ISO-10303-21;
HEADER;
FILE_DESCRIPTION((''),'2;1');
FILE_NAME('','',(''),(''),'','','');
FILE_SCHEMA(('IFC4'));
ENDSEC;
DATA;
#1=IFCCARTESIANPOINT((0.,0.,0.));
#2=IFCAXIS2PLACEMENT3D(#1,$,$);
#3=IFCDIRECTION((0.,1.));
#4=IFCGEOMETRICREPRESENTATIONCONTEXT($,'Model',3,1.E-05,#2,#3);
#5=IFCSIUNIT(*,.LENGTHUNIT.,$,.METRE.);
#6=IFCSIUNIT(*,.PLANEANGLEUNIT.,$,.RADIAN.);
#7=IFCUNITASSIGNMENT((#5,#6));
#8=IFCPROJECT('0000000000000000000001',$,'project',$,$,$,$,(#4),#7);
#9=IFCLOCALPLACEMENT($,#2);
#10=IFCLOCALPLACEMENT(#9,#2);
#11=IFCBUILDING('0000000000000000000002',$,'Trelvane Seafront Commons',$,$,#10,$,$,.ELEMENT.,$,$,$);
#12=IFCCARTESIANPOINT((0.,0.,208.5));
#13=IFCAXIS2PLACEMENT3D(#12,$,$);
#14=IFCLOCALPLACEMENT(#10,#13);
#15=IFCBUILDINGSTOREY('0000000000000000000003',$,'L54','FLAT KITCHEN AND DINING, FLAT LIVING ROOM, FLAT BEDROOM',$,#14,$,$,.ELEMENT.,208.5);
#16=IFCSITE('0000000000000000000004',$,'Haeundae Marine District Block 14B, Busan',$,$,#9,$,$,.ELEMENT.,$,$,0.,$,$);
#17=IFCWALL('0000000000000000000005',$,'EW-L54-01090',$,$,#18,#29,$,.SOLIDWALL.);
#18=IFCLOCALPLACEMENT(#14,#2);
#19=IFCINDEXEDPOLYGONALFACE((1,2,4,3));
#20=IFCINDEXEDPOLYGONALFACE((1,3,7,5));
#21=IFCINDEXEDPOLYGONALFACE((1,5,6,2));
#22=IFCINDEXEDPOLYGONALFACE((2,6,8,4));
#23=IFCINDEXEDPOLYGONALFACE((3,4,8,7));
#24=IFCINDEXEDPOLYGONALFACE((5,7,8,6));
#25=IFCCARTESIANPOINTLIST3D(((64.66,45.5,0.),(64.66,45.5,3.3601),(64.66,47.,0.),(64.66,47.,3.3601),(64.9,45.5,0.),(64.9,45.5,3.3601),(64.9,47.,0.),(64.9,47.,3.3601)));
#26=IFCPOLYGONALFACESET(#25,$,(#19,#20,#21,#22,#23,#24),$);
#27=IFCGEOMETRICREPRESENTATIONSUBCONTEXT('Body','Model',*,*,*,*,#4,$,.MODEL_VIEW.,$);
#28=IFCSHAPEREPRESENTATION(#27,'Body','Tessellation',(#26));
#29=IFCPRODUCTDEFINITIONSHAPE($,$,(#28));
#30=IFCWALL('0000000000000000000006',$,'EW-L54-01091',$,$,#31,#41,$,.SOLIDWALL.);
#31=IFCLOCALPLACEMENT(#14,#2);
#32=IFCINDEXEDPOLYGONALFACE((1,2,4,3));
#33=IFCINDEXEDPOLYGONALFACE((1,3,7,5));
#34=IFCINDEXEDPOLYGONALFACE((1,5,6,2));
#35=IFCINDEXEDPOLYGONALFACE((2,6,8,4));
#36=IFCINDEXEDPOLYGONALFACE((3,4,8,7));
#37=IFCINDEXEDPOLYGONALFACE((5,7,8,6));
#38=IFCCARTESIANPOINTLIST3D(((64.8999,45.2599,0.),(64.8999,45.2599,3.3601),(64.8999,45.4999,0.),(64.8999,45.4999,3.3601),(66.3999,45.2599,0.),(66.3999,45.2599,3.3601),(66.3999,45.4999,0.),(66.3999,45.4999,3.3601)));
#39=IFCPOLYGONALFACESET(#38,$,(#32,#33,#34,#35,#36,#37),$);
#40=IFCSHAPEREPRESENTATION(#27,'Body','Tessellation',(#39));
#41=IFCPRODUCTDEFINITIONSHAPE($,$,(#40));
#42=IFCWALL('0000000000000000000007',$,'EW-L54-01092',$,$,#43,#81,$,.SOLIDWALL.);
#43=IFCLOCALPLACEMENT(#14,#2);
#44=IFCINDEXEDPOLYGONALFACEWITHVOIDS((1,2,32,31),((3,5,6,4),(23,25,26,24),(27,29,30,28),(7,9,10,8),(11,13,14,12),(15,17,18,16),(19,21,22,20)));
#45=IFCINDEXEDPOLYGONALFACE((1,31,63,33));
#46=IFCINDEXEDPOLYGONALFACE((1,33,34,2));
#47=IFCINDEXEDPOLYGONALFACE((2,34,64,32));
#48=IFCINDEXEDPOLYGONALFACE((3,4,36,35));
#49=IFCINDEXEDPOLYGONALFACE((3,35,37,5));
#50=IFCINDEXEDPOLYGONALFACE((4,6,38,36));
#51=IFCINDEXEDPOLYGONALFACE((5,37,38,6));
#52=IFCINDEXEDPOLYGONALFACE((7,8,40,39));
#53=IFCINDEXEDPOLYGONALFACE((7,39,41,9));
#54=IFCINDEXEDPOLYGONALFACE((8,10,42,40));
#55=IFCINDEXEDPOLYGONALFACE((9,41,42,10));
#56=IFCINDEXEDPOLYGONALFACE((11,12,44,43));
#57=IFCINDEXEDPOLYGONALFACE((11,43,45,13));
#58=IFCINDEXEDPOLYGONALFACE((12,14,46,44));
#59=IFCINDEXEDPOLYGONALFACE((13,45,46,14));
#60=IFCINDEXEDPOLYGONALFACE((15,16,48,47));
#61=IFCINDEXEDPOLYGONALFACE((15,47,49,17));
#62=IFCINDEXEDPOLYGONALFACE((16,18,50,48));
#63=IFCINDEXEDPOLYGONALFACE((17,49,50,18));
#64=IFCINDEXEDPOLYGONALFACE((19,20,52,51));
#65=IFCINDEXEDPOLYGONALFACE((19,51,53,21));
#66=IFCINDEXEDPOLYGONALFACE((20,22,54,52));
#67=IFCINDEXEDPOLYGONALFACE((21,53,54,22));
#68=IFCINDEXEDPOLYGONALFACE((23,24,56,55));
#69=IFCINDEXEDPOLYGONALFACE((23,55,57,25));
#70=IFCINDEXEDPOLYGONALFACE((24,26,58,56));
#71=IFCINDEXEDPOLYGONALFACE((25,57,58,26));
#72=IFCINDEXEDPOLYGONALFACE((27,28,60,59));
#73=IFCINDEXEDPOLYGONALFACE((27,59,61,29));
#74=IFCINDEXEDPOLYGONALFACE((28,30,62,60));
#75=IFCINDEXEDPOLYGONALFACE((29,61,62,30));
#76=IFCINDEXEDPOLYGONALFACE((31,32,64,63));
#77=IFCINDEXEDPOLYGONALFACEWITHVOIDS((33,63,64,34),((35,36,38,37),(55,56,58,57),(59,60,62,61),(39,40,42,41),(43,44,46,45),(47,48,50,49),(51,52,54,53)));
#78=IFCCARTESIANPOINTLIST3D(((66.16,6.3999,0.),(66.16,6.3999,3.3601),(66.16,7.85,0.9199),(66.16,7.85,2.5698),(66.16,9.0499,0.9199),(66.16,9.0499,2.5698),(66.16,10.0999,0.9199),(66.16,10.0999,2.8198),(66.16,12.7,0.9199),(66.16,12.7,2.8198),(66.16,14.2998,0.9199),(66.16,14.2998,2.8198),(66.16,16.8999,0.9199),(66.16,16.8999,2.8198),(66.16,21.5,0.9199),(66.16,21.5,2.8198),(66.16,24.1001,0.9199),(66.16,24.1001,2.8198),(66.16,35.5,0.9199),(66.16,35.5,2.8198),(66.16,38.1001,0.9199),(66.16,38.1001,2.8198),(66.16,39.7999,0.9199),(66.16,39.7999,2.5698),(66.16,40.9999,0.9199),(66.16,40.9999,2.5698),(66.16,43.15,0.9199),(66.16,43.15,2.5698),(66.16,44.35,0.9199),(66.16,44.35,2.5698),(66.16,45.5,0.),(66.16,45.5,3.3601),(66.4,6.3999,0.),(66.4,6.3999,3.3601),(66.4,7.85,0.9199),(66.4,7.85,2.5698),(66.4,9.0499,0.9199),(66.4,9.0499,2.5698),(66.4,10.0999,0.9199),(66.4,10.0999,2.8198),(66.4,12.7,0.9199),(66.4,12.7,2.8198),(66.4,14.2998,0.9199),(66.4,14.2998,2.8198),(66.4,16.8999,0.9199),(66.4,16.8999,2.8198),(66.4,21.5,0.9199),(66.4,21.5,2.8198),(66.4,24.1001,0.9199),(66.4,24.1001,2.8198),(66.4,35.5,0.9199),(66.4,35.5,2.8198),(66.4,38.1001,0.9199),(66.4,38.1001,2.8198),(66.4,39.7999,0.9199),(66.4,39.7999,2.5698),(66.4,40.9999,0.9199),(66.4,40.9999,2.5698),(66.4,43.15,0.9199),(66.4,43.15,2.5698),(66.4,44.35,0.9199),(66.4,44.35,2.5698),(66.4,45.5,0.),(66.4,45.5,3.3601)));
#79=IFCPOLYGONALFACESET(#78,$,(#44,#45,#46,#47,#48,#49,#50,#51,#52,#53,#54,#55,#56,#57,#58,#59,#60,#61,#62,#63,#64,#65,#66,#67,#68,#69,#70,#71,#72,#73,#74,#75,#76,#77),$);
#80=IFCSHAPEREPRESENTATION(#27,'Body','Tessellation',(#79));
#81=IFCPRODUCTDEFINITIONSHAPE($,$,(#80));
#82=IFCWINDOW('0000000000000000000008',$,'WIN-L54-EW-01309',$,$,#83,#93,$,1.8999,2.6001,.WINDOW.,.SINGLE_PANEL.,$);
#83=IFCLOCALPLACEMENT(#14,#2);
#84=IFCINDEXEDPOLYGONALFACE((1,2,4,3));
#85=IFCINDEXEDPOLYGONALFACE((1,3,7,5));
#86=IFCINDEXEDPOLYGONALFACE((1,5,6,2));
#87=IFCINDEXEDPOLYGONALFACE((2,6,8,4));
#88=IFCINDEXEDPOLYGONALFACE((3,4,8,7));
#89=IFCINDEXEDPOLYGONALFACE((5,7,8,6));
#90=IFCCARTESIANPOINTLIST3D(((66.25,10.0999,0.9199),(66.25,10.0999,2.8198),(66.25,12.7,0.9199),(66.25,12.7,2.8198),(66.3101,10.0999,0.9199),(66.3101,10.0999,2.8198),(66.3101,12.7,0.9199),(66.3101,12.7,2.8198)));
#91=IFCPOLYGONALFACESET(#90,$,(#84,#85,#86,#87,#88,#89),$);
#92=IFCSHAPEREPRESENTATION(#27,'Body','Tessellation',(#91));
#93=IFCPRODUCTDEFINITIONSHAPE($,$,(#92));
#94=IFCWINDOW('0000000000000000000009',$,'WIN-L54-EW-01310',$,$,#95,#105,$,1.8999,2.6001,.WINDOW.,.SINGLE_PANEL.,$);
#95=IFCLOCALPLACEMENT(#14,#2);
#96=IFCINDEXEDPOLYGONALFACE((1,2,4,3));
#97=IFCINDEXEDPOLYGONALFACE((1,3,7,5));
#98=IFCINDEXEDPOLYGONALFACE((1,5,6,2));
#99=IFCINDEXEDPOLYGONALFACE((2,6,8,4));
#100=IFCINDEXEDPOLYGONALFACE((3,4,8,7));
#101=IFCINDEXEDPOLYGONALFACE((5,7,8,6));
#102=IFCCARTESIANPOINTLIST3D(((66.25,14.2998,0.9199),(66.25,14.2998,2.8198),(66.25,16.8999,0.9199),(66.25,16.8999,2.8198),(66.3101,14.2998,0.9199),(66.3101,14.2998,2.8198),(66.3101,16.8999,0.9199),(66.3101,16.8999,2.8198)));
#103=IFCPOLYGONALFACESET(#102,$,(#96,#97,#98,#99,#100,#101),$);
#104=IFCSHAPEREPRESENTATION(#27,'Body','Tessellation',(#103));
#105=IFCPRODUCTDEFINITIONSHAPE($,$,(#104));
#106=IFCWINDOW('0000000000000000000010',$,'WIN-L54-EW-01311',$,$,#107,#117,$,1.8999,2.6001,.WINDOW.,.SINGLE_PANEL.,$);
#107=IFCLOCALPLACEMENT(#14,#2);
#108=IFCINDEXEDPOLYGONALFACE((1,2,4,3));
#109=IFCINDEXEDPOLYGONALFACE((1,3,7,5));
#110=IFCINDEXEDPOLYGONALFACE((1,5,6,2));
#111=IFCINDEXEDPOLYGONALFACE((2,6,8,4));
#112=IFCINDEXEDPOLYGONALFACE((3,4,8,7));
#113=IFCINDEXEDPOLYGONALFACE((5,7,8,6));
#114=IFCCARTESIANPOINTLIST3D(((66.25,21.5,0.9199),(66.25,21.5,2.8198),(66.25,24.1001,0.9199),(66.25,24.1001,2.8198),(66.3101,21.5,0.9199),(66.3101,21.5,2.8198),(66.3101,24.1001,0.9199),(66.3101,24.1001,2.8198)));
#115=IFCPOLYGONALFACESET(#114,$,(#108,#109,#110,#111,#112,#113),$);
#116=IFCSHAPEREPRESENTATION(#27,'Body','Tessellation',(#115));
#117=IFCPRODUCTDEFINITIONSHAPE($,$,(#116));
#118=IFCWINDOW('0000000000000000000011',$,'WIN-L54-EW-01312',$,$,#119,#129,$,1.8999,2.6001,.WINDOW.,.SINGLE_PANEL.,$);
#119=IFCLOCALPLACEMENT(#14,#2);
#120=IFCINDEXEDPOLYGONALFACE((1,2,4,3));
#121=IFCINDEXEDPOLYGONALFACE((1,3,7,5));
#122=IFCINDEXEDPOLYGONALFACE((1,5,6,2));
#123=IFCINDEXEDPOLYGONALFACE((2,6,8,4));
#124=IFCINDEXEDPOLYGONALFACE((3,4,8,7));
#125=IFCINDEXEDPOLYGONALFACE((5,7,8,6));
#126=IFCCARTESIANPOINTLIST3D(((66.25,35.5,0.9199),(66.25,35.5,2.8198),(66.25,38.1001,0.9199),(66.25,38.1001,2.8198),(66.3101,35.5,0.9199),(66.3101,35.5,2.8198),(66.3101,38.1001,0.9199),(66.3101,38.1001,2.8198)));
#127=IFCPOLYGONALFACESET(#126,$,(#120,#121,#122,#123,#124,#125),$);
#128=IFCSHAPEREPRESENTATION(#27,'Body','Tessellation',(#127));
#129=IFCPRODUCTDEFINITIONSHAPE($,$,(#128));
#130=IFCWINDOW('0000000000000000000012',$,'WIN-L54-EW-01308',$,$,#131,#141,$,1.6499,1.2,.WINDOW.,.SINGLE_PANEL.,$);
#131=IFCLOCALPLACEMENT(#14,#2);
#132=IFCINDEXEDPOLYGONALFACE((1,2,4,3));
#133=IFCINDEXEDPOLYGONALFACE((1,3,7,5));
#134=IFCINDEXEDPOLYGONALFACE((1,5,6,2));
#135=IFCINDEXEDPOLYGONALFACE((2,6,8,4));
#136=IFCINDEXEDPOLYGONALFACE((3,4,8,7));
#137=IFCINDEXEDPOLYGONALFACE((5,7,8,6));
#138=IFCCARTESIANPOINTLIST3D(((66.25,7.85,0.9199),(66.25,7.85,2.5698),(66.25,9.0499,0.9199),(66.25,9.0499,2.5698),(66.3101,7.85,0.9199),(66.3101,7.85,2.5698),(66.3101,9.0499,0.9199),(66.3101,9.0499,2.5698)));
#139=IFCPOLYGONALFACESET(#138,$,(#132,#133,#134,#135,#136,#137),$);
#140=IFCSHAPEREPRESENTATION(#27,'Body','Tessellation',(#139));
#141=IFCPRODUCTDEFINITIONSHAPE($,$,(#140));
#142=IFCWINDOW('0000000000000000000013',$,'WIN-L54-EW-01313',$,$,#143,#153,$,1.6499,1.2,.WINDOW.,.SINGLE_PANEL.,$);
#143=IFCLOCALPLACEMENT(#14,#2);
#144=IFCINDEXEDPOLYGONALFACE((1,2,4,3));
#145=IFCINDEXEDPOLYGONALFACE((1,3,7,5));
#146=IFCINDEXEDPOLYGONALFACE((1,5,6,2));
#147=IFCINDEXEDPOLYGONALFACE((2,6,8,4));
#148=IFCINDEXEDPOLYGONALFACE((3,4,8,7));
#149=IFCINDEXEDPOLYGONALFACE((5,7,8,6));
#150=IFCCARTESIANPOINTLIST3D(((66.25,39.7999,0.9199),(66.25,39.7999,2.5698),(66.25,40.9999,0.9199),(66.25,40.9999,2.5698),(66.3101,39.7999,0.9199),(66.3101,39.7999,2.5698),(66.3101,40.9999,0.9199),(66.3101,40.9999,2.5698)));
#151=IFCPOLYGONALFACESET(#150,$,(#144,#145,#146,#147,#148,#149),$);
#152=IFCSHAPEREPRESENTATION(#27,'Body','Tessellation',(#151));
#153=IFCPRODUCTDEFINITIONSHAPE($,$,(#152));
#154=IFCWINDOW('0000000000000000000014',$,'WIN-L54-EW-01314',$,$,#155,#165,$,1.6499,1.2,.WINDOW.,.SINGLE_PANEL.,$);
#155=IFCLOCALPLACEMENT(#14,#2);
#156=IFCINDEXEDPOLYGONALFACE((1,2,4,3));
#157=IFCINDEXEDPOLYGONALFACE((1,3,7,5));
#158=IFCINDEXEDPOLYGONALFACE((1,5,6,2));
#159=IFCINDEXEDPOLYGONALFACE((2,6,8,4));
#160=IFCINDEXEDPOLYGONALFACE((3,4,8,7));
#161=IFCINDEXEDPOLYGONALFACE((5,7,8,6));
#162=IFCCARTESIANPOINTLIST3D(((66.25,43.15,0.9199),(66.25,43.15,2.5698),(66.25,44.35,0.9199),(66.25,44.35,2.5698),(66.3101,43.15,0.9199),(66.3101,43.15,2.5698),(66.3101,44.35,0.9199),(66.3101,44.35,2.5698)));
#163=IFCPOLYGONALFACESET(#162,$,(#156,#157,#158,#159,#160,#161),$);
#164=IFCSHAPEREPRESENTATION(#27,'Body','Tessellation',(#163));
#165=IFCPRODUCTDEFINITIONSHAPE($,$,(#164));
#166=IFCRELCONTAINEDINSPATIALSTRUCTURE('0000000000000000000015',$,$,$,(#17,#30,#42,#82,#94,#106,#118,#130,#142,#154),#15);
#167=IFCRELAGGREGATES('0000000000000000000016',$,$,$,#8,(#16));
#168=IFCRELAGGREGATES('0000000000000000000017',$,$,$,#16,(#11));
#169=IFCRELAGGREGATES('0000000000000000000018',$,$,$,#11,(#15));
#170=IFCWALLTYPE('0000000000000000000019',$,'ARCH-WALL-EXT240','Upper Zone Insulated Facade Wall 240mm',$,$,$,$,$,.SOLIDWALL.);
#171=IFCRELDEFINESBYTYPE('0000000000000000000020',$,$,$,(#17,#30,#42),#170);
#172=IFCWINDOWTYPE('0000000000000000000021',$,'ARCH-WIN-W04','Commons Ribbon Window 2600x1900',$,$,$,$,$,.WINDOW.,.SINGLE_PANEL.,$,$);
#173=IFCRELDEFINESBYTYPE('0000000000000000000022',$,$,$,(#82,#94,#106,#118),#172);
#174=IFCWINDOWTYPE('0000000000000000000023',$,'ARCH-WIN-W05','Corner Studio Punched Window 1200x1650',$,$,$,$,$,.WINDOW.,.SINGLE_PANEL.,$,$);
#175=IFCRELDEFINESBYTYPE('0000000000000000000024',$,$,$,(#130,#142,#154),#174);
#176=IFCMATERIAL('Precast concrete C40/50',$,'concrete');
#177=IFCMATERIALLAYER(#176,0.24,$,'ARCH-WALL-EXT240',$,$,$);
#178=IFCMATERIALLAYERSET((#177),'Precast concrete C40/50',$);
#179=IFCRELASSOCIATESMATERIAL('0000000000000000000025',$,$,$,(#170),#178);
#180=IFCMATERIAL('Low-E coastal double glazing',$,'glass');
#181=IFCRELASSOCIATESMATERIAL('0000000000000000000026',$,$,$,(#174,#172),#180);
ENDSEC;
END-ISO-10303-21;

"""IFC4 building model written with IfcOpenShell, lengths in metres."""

from ifc_helpers import new_model, si_unit, direction, frame, frame_2d, origin, place, context, subcontext, project, spatial, rectangle, extrude, source, transform, mapped, material, layer, layer_set, type_object, element, fill, save


model = new_model("IFC4")

# Units and contexts
model_context = context("Model", 3, precision=1e-05, world=origin(), true_north=direction((0.0, 1.0)))
body_context = subcontext(model_context, "Body", "Model", "MODEL_VIEW")
ifc_project = project(units=[si_unit("LENGTHUNIT", "METRE"), si_unit("PLANEANGLEUNIT", "RADIAN")], contexts=[model_context])

# Site, building, storey
site_placement = place(None, origin())
site = spatial("IfcSite", under=ifc_project, at=site_placement, Name="Haeundae Marine District Block 14B, Busan", CompositionType="ELEMENT", RefElevation=0.0)
building_placement = place(site_placement, origin())
building = spatial("IfcBuilding", under=site, at=building_placement, Name="Trelvane Seafront Commons", CompositionType="ELEMENT")
storey_placement = place(building_placement, frame((0.0, 0.0, 208.5)))
storey = spatial("IfcBuildingStorey", under=building, at=storey_placement, Name="L54", Description="FLAT KITCHEN AND DINING, FLAT LIVING ROOM, FLAT BEDROOM", CompositionType="ELEMENT", Elevation=208.5)

# Shared definitions
ifc_material_1 = material(Name="Low-E coastal double glazing", Category="glass")

# Shared definitions
ifc_material_2 = material(Name="Precast concrete C40/50", Category="concrete")
ifc_layer_1 = layer(ifc_material_2, 0.24, Name="ARCH-WALL-EXT240")
ifc_layer_set_1 = layer_set([ifc_layer_1], Name="Precast concrete C40/50")
wall_type = type_object("IfcWallType", Name="ARCH-WALL-EXT240", Description="Upper Zone Insulated Facade Wall 240mm", PredefinedType="SOLIDWALL", material=ifc_layer_set_1)
window_type_1 = type_object("IfcWindowType", Name="ARCH-WIN-W05", Description="Corner Studio Punched Window 1200x1650", PartitioningType="SINGLE_PANEL", PredefinedType="WINDOW", material=ifc_material_1)
shared_shape_1 = source(origin(), body_context, "Body", "SweptSolid", [
    extrude(rectangle(XDim=1.2, YDim=1.6499, at=frame_2d((0.6001, 0.825))), frame((0.0, 0.03, 0.0), z_axis=(0.0, -1.0, 0.0), x_axis=(1.0, 0.0, 0.0)), (0.0, 0.0, 1.0), 0.0601),
])

# Walls
for number, where, z_axis, x_axis, name in (
    (1, (64.78, 47.0, 0.0), (0.0, 0.0, 1.0), (0.0, -1.0, 0.0), "EW-L54-01090"),
    (2, (64.8999, 45.3799, 0.0), (0.0, 0.0, 1.0), (1.0, 0.0, 0.0), "EW-L54-01091"),
):
    element("IfcWall", number, at=place(storey_placement, frame(where, z_axis=z_axis, x_axis=x_axis)), inside=storey, type_object=wall_type, Name=name, PredefinedType="SOLIDWALL", context=body_context, shape_type="SweptSolid", body=[
        extrude(rectangle(XDim=1.5, YDim=0.24, at=frame_2d((0.75, 0.0))), origin(), (0.0, 0.0, 1.0), 3.3601),
    ])

# Wall, openings, windows
wall_1_placement = place(storey_placement, frame((66.28, 45.5, 0.0), z_axis=(0.0, 0.0, 1.0), x_axis=(0.0, -1.0, 0.0)))
wall_1 = element("IfcWall", 3, at=wall_1_placement, inside=storey, type_object=wall_type, Name="EW-L54-01092", PredefinedType="SOLIDWALL", context=body_context, shape_type="SweptSolid", body=[
    extrude(rectangle(XDim=39.1001, YDim=0.24, at=frame_2d((19.55, 0.0))), origin(), (0.0, 0.0, 1.0), 3.3601),
])
opening_1_placement = place(wall_1_placement, frame((36.45, 0.0, 0.9199)))
opening_1 = element("IfcOpeningElement", 4, at=opening_1_placement, cuts=wall_1, PredefinedType="OPENING", context=body_context, shape_type="SweptSolid", body=[
    extrude(rectangle(XDim=1.2, YDim=1.6499, at=frame_2d((0.6001, 0.825))), frame((0.0, 0.1299, 0.0), z_axis=(0.0, -1.0, 0.0), x_axis=(1.0, 0.0, 0.0)), (0.0, 0.0, 1.0), 0.26),
])
opening_2_placement = place(wall_1_placement, frame((32.8, 0.0, 0.9199)))
opening_2 = element("IfcOpeningElement", 5, at=opening_2_placement, cuts=wall_1, PredefinedType="OPENING", context=body_context, shape_type="SweptSolid", body=[
    extrude(rectangle(XDim=2.6001, YDim=1.8999, at=frame_2d((1.3, 0.95))), frame((0.0, 0.1299, 0.0), z_axis=(0.0, -1.0, 0.0), x_axis=(1.0, 0.0, 0.0)), (0.0, 0.0, 1.0), 0.26),
])
opening_3_placement = place(wall_1_placement, frame((28.6001, 0.0, 0.9199)))
opening_3 = element("IfcOpeningElement", 6, at=opening_3_placement, cuts=wall_1, PredefinedType="OPENING", context=body_context, shape_type="SweptSolid", body=[
    extrude(rectangle(XDim=2.6001, YDim=1.8999, at=frame_2d((1.3, 0.95))), frame((0.0, 0.1299, 0.0), z_axis=(0.0, -1.0, 0.0), x_axis=(1.0, 0.0, 0.0)), (0.0, 0.0, 1.0), 0.26),
])
opening_4_placement = place(wall_1_placement, frame((21.3999, 0.0, 0.9199)))
opening_4 = element("IfcOpeningElement", 7, at=opening_4_placement, cuts=wall_1, PredefinedType="OPENING", context=body_context, shape_type="SweptSolid", body=[
    extrude(rectangle(XDim=2.6001, YDim=1.8999, at=frame_2d((1.3, 0.95))), frame((0.0, 0.1299, 0.0), z_axis=(0.0, -1.0, 0.0), x_axis=(1.0, 0.0, 0.0)), (0.0, 0.0, 1.0), 0.26),
])
opening_5_placement = place(wall_1_placement, frame((7.3999, 0.0, 0.9199)))
opening_5 = element("IfcOpeningElement", 8, at=opening_5_placement, cuts=wall_1, PredefinedType="OPENING", context=body_context, shape_type="SweptSolid", body=[
    extrude(rectangle(XDim=2.6001, YDim=1.8999, at=frame_2d((1.3, 0.95))), frame((0.0, 0.1299, 0.0), z_axis=(0.0, -1.0, 0.0), x_axis=(1.0, 0.0, 0.0)), (0.0, 0.0, 1.0), 0.26),
])
opening_6_placement = place(wall_1_placement, frame((4.5, 0.0, 0.9199)))
opening_6 = element("IfcOpeningElement", 9, at=opening_6_placement, cuts=wall_1, PredefinedType="OPENING", context=body_context, shape_type="SweptSolid", body=[
    extrude(rectangle(XDim=1.2, YDim=1.6499, at=frame_2d((0.6001, 0.825))), frame((0.0, 0.1299, 0.0), z_axis=(0.0, -1.0, 0.0), x_axis=(1.0, 0.0, 0.0)), (0.0, 0.0, 1.0), 0.26),
])
opening_7_placement = place(wall_1_placement, frame((1.1499, 0.0, 0.9199)))
opening_7 = element("IfcOpeningElement", 10, at=opening_7_placement, cuts=wall_1, PredefinedType="OPENING", context=body_context, shape_type="SweptSolid", body=[
    extrude(rectangle(XDim=1.2, YDim=1.6499, at=frame_2d((0.6001, 0.825))), frame((0.0, 0.1299, 0.0), z_axis=(0.0, -1.0, 0.0), x_axis=(1.0, 0.0, 0.0)), (0.0, 0.0, 1.0), 0.26),
])
window_type_2 = type_object("IfcWindowType", Name="ARCH-WIN-W04", Description="Commons Ribbon Window 2600x1900", PartitioningType="SINGLE_PANEL", PredefinedType="WINDOW", material=ifc_material_1)
shared_shape_2 = source(origin(), body_context, "Body", "SweptSolid", [
    extrude(rectangle(XDim=2.6001, YDim=1.8999, at=frame_2d((1.3, 0.95))), frame((0.0, 0.03, 0.0), z_axis=(0.0, -1.0, 0.0), x_axis=(1.0, 0.0, 0.0)), (0.0, 0.0, 1.0), 0.0601),
])
window_1_placement = place(opening_2_placement, origin())
window_1 = element("IfcWindow", 11, at=window_1_placement, inside=storey, type_object=window_type_2, Name="WIN-L54-EW-01309", OverallHeight=1.8999, OverallWidth=2.6001, PartitioningType="SINGLE_PANEL", PredefinedType="WINDOW", context=body_context, shape_type="MappedRepresentation", body=[
    mapped(shared_shape_2, transform((0.0, 0.0, 0.0), x_axis=(1.0, 0.0, 0.0), y_axis=(0.0, 1.0, 0.0), z_axis=(0.0, 0.0, 1.0), scale=1.0)),
])
fill(opening_2, window_1)
window_2_placement = place(opening_3_placement, origin())
window_2 = element("IfcWindow", 12, at=window_2_placement, inside=storey, type_object=window_type_2, Name="WIN-L54-EW-01310", OverallHeight=1.8999, OverallWidth=2.6001, PartitioningType="SINGLE_PANEL", PredefinedType="WINDOW", context=body_context, shape_type="MappedRepresentation", body=[
    mapped(shared_shape_2, transform((0.0, 0.0, 0.0), x_axis=(1.0, 0.0, 0.0), y_axis=(0.0, 1.0, 0.0), z_axis=(0.0, 0.0, 1.0), scale=1.0)),
])
fill(opening_3, window_2)
window_3_placement = place(opening_4_placement, origin())
window_3 = element("IfcWindow", 13, at=window_3_placement, inside=storey, type_object=window_type_2, Name="WIN-L54-EW-01311", OverallHeight=1.8999, OverallWidth=2.6001, PartitioningType="SINGLE_PANEL", PredefinedType="WINDOW", context=body_context, shape_type="MappedRepresentation", body=[
    mapped(shared_shape_2, transform((0.0, 0.0, 0.0), x_axis=(1.0, 0.0, 0.0), y_axis=(0.0, 1.0, 0.0), z_axis=(0.0, 0.0, 1.0), scale=1.0)),
])
fill(opening_4, window_3)
window_4_placement = place(opening_5_placement, origin())
window_4 = element("IfcWindow", 14, at=window_4_placement, inside=storey, type_object=window_type_2, Name="WIN-L54-EW-01312", OverallHeight=1.8999, OverallWidth=2.6001, PartitioningType="SINGLE_PANEL", PredefinedType="WINDOW", context=body_context, shape_type="MappedRepresentation", body=[
    mapped(shared_shape_2, transform((0.0, 0.0, 0.0), x_axis=(1.0, 0.0, 0.0), y_axis=(0.0, 1.0, 0.0), z_axis=(0.0, 0.0, 1.0), scale=1.0)),
])
fill(opening_5, window_4)
window_5_placement = place(opening_1_placement, origin())
window_5 = element("IfcWindow", 15, at=window_5_placement, inside=storey, type_object=window_type_1, Name="WIN-L54-EW-01308", OverallHeight=1.6499, OverallWidth=1.2, PartitioningType="SINGLE_PANEL", PredefinedType="WINDOW", context=body_context, shape_type="MappedRepresentation", body=[
    mapped(shared_shape_1, transform((0.0, 0.0, 0.0), x_axis=(1.0, 0.0, 0.0), y_axis=(0.0, 1.0, 0.0), z_axis=(0.0, 0.0, 1.0), scale=1.0)),
])
fill(opening_1, window_5)
window_6_placement = place(opening_6_placement, origin())
window_6 = element("IfcWindow", 16, at=window_6_placement, inside=storey, type_object=window_type_1, Name="WIN-L54-EW-01313", OverallHeight=1.6499, OverallWidth=1.2, PartitioningType="SINGLE_PANEL", PredefinedType="WINDOW", context=body_context, shape_type="MappedRepresentation", body=[
    mapped(shared_shape_1, transform((0.0, 0.0, 0.0), x_axis=(1.0, 0.0, 0.0), y_axis=(0.0, 1.0, 0.0), z_axis=(0.0, 0.0, 1.0), scale=1.0)),
])
fill(opening_6, window_6)
window_7_placement = place(opening_7_placement, origin())
window_7 = element("IfcWindow", 17, at=window_7_placement, inside=storey, type_object=window_type_1, Name="WIN-L54-EW-01314", OverallHeight=1.6499, OverallWidth=1.2, PartitioningType="SINGLE_PANEL", PredefinedType="WINDOW", context=body_context, shape_type="MappedRepresentation", body=[
    mapped(shared_shape_1, transform((0.0, 0.0, 0.0), x_axis=(1.0, 0.0, 0.0), y_axis=(0.0, 1.0, 0.0), z_axis=(0.0, 0.0, 1.0), scale=1.0)),
])
fill(opening_7, window_7)

save(model, "model.ifc")
